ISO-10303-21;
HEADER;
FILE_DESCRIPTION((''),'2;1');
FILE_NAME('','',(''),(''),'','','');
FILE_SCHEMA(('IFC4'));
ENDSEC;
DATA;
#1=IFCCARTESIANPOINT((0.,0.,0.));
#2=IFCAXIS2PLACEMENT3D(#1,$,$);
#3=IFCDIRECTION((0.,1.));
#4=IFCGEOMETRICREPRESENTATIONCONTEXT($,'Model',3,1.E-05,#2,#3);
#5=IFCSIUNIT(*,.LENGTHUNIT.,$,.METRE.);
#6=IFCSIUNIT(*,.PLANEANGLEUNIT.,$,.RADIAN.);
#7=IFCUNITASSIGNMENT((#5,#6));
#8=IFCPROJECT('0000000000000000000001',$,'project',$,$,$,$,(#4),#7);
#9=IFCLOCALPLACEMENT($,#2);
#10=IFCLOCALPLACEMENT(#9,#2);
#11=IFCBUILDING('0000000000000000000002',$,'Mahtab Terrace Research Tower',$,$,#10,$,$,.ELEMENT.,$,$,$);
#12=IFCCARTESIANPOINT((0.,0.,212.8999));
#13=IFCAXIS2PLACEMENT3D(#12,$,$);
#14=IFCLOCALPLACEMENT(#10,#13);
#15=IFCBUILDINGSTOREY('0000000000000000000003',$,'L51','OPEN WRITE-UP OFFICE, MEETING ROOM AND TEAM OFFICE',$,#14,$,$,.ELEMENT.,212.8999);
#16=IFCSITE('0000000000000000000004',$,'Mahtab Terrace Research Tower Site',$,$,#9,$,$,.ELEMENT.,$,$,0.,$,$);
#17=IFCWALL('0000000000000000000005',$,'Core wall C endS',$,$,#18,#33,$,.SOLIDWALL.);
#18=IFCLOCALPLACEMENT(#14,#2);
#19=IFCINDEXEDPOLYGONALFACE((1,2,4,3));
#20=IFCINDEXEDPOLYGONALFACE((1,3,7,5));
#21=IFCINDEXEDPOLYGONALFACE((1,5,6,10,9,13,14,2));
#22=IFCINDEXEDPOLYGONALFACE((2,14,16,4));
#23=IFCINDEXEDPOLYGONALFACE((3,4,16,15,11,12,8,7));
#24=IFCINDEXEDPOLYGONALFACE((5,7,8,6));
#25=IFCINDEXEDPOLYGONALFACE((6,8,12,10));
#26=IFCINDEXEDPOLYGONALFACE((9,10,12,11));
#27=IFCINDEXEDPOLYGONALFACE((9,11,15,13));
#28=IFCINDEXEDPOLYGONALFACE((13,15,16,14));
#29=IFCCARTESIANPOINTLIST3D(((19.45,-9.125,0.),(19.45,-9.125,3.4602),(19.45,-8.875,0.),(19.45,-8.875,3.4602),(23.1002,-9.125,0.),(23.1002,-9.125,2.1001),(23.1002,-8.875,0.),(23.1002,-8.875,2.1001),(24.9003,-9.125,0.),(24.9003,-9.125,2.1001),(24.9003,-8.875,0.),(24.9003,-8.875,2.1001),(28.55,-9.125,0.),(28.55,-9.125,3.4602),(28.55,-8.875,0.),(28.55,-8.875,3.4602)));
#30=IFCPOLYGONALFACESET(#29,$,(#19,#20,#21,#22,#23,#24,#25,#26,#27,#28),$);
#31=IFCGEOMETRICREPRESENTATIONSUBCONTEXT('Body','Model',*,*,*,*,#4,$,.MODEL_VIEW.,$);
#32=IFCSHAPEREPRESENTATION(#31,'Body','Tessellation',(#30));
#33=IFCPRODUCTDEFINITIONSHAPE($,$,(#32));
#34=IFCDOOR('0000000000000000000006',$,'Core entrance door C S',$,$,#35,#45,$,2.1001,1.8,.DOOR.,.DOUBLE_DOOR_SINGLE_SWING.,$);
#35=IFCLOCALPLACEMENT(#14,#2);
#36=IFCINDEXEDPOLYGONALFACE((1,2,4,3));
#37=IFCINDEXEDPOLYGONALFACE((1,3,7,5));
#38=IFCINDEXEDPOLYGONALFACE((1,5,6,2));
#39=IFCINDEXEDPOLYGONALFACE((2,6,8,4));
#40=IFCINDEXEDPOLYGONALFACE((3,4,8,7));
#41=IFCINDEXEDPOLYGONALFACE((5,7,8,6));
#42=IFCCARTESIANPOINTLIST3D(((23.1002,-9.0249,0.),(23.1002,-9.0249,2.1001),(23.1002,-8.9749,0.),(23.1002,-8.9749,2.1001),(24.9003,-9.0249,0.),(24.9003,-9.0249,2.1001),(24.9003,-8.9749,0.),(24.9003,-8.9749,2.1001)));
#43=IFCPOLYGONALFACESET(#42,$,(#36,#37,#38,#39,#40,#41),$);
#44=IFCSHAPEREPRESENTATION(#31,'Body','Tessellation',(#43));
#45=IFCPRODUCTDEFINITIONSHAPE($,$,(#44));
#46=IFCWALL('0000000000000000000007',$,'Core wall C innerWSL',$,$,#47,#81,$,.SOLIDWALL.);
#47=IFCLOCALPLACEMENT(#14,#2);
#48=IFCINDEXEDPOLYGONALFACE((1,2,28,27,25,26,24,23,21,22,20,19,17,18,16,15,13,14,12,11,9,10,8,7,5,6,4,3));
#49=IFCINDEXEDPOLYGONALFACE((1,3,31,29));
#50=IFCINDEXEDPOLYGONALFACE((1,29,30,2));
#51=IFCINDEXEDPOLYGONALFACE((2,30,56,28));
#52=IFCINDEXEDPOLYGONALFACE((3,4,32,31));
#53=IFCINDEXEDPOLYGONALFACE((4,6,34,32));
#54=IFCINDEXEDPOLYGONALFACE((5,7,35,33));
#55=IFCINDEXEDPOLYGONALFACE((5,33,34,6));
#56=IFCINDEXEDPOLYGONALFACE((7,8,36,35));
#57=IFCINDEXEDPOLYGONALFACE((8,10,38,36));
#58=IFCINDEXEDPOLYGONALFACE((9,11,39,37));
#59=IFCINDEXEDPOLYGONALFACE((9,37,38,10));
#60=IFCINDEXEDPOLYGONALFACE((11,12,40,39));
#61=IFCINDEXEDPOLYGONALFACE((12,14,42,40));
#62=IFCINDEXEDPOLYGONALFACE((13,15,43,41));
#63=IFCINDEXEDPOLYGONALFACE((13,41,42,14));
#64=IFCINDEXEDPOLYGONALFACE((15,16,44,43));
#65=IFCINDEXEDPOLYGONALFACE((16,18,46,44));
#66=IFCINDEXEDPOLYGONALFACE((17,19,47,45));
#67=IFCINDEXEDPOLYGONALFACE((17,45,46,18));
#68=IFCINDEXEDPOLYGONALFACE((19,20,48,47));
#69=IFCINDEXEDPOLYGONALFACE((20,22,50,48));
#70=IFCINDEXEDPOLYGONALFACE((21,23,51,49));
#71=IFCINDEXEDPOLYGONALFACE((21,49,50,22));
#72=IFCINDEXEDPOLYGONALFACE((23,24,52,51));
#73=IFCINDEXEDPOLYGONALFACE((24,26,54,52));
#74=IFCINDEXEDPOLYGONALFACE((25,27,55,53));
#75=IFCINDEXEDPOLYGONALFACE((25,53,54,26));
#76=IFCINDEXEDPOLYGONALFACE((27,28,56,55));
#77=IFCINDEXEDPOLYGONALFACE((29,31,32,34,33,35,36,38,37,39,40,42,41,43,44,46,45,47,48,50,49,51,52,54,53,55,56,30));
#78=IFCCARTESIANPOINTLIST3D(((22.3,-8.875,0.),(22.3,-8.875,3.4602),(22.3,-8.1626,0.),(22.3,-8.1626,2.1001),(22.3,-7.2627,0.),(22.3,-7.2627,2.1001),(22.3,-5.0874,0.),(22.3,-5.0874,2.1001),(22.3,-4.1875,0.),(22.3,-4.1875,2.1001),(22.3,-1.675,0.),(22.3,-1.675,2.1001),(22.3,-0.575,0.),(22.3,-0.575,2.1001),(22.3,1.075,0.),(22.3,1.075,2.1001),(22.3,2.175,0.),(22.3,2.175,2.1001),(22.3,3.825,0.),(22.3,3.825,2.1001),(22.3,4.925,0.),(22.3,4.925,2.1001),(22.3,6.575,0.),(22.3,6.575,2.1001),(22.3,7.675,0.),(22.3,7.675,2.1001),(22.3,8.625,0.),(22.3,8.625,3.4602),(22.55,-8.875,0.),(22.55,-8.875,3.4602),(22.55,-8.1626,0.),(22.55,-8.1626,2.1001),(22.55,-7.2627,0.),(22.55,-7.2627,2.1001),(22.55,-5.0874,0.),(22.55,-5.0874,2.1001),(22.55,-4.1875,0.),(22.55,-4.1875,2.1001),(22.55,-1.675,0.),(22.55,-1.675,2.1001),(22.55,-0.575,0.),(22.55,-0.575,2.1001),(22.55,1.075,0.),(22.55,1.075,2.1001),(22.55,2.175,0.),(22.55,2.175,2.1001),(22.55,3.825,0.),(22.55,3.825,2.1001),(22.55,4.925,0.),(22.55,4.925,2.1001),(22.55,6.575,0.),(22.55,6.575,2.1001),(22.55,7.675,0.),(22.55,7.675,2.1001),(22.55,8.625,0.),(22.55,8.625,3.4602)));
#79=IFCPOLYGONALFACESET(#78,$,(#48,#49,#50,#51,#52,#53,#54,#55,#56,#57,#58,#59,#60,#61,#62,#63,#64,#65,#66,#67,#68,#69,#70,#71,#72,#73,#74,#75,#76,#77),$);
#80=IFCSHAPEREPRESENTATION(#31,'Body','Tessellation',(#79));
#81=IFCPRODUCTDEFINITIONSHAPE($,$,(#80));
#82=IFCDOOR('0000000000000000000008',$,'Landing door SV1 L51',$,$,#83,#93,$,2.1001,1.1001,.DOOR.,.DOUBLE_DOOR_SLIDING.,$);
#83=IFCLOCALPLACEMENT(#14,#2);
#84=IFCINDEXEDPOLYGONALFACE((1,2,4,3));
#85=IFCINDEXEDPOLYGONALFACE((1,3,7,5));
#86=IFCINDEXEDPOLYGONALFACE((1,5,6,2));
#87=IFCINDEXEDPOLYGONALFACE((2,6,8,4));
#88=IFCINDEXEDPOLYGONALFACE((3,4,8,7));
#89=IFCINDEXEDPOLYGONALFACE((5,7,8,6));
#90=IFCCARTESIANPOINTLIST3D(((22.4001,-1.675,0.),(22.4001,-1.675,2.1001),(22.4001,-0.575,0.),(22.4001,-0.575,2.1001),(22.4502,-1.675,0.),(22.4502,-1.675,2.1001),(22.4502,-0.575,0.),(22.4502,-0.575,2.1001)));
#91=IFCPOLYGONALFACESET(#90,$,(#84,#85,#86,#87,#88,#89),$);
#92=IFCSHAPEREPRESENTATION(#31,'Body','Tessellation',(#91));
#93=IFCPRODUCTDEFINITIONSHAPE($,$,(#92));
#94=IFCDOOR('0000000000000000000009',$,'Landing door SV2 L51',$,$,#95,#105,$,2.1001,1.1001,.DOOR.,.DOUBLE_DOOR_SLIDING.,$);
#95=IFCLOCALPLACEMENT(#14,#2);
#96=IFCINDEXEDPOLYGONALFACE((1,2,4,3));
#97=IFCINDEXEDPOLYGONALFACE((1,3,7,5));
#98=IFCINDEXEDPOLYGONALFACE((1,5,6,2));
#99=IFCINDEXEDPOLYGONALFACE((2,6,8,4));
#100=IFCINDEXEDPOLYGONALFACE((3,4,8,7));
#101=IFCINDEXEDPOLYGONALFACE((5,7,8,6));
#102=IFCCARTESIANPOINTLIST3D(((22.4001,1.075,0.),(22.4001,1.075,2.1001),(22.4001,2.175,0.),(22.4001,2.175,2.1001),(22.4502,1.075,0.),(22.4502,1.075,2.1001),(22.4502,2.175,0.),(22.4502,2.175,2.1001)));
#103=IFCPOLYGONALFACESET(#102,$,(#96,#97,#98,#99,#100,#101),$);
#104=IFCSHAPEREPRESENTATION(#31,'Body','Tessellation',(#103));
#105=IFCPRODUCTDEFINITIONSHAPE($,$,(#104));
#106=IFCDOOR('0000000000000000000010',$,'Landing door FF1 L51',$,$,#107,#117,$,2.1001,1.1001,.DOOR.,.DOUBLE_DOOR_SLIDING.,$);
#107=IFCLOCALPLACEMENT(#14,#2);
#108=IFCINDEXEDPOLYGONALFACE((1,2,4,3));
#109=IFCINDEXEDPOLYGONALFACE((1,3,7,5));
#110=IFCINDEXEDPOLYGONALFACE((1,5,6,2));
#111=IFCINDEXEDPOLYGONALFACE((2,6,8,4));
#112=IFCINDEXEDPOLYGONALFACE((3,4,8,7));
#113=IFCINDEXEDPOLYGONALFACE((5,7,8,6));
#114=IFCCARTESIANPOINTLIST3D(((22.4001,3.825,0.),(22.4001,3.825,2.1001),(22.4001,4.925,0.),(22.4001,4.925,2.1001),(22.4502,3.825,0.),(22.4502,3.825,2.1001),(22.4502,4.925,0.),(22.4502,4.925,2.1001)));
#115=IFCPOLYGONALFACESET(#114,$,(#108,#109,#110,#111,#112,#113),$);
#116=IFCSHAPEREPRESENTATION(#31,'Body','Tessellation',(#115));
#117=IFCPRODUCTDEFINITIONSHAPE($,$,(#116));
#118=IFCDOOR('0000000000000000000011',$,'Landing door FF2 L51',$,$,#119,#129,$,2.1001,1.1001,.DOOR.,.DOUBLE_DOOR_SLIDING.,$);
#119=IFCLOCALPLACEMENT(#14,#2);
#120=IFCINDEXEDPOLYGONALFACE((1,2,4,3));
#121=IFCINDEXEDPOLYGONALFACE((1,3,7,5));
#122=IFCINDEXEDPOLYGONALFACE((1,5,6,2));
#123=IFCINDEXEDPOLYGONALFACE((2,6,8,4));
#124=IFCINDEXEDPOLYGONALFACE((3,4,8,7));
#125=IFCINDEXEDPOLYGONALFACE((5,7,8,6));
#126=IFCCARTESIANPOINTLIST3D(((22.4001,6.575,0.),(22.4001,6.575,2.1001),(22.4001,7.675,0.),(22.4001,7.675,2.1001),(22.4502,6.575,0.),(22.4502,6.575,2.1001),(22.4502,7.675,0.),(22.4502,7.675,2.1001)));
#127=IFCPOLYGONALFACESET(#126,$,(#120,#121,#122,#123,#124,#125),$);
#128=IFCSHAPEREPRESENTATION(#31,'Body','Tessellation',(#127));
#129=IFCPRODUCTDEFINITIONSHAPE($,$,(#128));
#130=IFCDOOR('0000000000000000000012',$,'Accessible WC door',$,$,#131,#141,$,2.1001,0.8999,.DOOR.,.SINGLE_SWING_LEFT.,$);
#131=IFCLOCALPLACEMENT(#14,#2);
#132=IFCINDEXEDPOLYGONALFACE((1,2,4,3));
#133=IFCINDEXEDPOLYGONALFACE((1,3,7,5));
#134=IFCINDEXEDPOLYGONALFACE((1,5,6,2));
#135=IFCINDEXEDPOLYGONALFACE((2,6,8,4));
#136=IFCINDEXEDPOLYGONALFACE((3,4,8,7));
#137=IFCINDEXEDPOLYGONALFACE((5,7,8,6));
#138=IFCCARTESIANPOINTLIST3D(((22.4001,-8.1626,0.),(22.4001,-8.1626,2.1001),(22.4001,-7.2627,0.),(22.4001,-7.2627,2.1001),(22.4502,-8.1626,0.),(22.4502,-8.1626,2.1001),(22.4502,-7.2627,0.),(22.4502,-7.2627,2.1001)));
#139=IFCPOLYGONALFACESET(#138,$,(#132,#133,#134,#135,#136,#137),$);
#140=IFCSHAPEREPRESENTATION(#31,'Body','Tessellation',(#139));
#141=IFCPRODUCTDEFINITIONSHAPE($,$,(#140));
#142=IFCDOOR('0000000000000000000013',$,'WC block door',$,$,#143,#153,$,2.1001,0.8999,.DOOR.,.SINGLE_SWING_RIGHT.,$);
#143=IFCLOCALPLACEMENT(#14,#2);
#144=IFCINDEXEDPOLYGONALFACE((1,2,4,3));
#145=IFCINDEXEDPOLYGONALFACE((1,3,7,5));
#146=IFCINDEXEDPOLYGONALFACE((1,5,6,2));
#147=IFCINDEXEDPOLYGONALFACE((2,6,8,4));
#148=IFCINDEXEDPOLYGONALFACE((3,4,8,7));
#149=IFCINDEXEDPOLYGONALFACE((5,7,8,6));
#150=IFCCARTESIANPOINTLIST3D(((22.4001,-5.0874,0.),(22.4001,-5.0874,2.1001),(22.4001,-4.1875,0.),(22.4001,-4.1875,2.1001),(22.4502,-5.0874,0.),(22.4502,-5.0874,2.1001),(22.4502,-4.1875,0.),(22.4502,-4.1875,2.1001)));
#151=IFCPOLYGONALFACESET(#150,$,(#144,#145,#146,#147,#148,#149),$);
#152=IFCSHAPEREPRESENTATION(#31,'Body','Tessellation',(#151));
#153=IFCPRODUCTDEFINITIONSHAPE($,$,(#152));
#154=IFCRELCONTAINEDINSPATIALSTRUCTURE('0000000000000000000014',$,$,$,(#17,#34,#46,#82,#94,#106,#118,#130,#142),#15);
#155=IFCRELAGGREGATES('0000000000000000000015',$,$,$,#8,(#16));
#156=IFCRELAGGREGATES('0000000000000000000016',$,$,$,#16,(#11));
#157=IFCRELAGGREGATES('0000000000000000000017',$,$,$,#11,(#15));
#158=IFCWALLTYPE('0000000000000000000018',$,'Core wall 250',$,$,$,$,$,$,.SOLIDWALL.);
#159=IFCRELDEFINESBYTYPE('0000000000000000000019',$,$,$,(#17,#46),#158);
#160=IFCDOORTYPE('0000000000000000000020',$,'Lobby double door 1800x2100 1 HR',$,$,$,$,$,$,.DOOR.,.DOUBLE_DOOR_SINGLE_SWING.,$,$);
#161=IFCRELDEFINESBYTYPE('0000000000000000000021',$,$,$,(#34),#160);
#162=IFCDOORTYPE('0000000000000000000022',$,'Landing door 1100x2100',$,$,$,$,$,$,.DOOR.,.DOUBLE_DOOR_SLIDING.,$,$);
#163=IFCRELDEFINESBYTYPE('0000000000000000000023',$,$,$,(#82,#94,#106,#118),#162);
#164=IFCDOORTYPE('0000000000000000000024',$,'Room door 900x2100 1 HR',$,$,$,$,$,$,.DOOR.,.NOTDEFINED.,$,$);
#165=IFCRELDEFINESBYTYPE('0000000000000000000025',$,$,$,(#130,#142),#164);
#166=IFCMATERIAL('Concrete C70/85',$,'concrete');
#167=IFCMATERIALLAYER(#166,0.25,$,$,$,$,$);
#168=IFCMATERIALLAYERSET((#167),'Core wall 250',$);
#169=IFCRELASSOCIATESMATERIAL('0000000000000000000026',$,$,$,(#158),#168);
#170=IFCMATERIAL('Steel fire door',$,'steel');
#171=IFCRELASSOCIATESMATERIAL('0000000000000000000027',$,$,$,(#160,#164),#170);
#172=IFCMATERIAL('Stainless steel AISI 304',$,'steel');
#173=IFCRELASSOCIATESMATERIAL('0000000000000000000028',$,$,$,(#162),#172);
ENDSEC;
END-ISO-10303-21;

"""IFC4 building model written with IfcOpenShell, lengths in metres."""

from ifc_helpers import new_model, si_unit, direction, frame, frame_2d, origin, place, context, subcontext, project, spatial, rectangle, extrude, material, layer, layer_set, type_object, element, fill, save


model = new_model("IFC4")

# Units and contexts
model_context = context("Model", 3, precision=1e-05, world=origin(), true_north=direction((0.0, 1.0)))
body_context = subcontext(model_context, "Body", "Model", "MODEL_VIEW")
ifc_project = project(units=[si_unit("LENGTHUNIT", "METRE"), si_unit("PLANEANGLEUNIT", "RADIAN")], contexts=[model_context])

# Site, building, storey
site_placement = place(None, origin())
site = spatial("IfcSite", under=ifc_project, at=site_placement, Name="Mahtab Terrace Research Tower Site", CompositionType="ELEMENT", RefElevation=0.0)
building_placement = place(site_placement, origin())
building = spatial("IfcBuilding", under=site, at=building_placement, Name="Mahtab Terrace Research Tower", CompositionType="ELEMENT")
storey_placement = place(building_placement, frame((0.0, 0.0, 212.8999)))
storey = spatial("IfcBuildingStorey", under=building, at=storey_placement, Name="L51", Description="OPEN WRITE-UP OFFICE, MEETING ROOM AND TEAM OFFICE", CompositionType="ELEMENT", Elevation=212.8999)

# Wall, opening, door
ifc_material_1 = material(Name="Concrete C70/85", Category="concrete")
ifc_layer_1 = layer(ifc_material_1, 0.25)
ifc_layer_set_1 = layer_set([ifc_layer_1], Name="Core wall 250")
wall_type_1 = type_object("IfcWallType", Name="Core wall 250", PredefinedType="SOLIDWALL", material=ifc_layer_set_1)
wall_1_placement = place(storey_placement, frame((28.55, -9.0, 0.0), z_axis=(0.0, 0.0, 1.0), x_axis=(-1.0, 0.0, 0.0)))
wall_1 = element("IfcWall", 1, at=wall_1_placement, inside=storey, type_object=wall_type_1, Name="Core wall C endS", PredefinedType="SOLIDWALL", context=body_context, shape_type="SweptSolid", body=[
    extrude(rectangle(XDim=9.1001, YDim=0.25, at=frame_2d((4.55, 0.0))), origin(), (0.0, 0.0, 1.0), 3.4602),
])
opening_1_placement = place(wall_1_placement, frame((3.6499, 0.0, 0.0)))
opening_1 = element("IfcOpeningElement", 2, at=opening_1_placement, cuts=wall_1, PredefinedType="OPENING", context=body_context, shape_type="SweptSolid", body=[
    extrude(rectangle(XDim=1.8, YDim=2.1001, at=frame_2d((0.8999, 1.05))), frame((0.0, 0.135, 0.0), z_axis=(0.0, -1.0, 0.0), x_axis=(1.0, 0.0, 0.0)), (0.0, 0.0, 1.0), 0.27),
])
ifc_material_2 = material(Name="Steel fire door", Category="steel")
door_type_1 = type_object("IfcDoorType", Name="Lobby double door 1800x2100 1 HR", OperationType="DOUBLE_DOOR_SINGLE_SWING", PredefinedType="DOOR", material=ifc_material_2)
door_1_placement = place(opening_1_placement, origin())
door_1 = element("IfcDoor", 3, at=door_1_placement, inside=storey, type_object=door_type_1, Name="Core entrance door C S", OperationType="DOUBLE_DOOR_SINGLE_SWING", OverallHeight=2.1001, OverallWidth=1.8, PredefinedType="DOOR", context=body_context, shape_type="SweptSolid", body=[
    extrude(rectangle(XDim=1.8, YDim=2.1001, at=frame_2d((0.8999, 1.05))), frame((0.0, 0.0249, 0.0), z_axis=(0.0, -1.0, 0.0), x_axis=(1.0, 0.0, 0.0)), (0.0, 0.0, 1.0), 0.05),
])
fill(opening_1, door_1)

# Wall, openings, doors
wall_2_placement = place(storey_placement, frame((22.425, -8.875, 0.0), z_axis=(0.0, 0.0, 1.0), x_axis=(0.0, 1.0, 0.0)))
wall_2 = element("IfcWall", 4, at=wall_2_placement, inside=storey, type_object=wall_type_1, Name="Core wall C innerWSL", PredefinedType="SOLIDWALL", context=body_context, shape_type="SweptSolid", body=[
    extrude(rectangle(XDim=17.5, YDim=0.25, at=frame_2d((8.75, 0.0))), origin(), (0.0, 0.0, 1.0), 3.4602),
])
opening_2_placement = place(wall_2_placement, frame((7.2, 0.0, 0.0)))
opening_2 = element("IfcOpeningElement", 5, at=opening_2_placement, cuts=wall_2, PredefinedType="OPENING", context=body_context, shape_type="SweptSolid", body=[
    extrude(rectangle(XDim=1.1001, YDim=2.1001, at=frame_2d((0.55, 1.05))), frame((0.0, 0.135, 0.0), z_axis=(0.0, -1.0, 0.0), x_axis=(1.0, 0.0, 0.0)), (0.0, 0.0, 1.0), 0.27),
])
opening_3_placement = place(wall_2_placement, frame((9.95, 0.0, 0.0)))
opening_3 = element("IfcOpeningElement", 6, at=opening_3_placement, cuts=wall_2, PredefinedType="OPENING", context=body_context, shape_type="SweptSolid", body=[
    extrude(rectangle(XDim=1.1001, YDim=2.1001, at=frame_2d((0.55, 1.05))), frame((0.0, 0.135, 0.0), z_axis=(0.0, -1.0, 0.0), x_axis=(1.0, 0.0, 0.0)), (0.0, 0.0, 1.0), 0.27),
])
opening_4_placement = place(wall_2_placement, frame((12.7, 0.0, 0.0)))
opening_4 = element("IfcOpeningElement", 7, at=opening_4_placement, cuts=wall_2, PredefinedType="OPENING", context=body_context, shape_type="SweptSolid", body=[
    extrude(rectangle(XDim=1.1001, YDim=2.1001, at=frame_2d((0.55, 1.05))), frame((0.0, 0.135, 0.0), z_axis=(0.0, -1.0, 0.0), x_axis=(1.0, 0.0, 0.0)), (0.0, 0.0, 1.0), 0.27),
])
opening_5_placement = place(wall_2_placement, frame((15.45, 0.0, 0.0)))
opening_5 = element("IfcOpeningElement", 8, at=opening_5_placement, cuts=wall_2, PredefinedType="OPENING", context=body_context, shape_type="SweptSolid", body=[
    extrude(rectangle(XDim=1.1001, YDim=2.1001, at=frame_2d((0.55, 1.05))), frame((0.0, 0.135, 0.0), z_axis=(0.0, -1.0, 0.0), x_axis=(1.0, 0.0, 0.0)), (0.0, 0.0, 1.0), 0.27),
])
opening_6_placement = place(wall_2_placement, frame((0.7124, 0.0, 0.0)))
opening_6 = element("IfcOpeningElement", 9, at=opening_6_placement, cuts=wall_2, PredefinedType="OPENING", context=body_context, shape_type="SweptSolid", body=[
    extrude(rectangle(XDim=0.8999, YDim=2.1001, at=frame_2d((0.45, 1.05))), frame((0.0, 0.135, 0.0), z_axis=(0.0, -1.0, 0.0), x_axis=(1.0, 0.0, 0.0)), (0.0, 0.0, 1.0), 0.27),
])
opening_7_placement = place(wall_2_placement, frame((3.7876, 0.0, 0.0)))
opening_7 = element("IfcOpeningElement", 10, at=opening_7_placement, cuts=wall_2, PredefinedType="OPENING", context=body_context, shape_type="SweptSolid", body=[
    extrude(rectangle(XDim=0.8999, YDim=2.1001, at=frame_2d((0.45, 1.05))), frame((0.0, 0.135, 0.0), z_axis=(0.0, -1.0, 0.0), x_axis=(1.0, 0.0, 0.0)), (0.0, 0.0, 1.0), 0.27),
])
ifc_material_3 = material(Name="Stainless steel AISI 304", Category="steel")
door_type_2 = type_object("IfcDoorType", Name="Landing door 1100x2100", OperationType="DOUBLE_DOOR_SLIDING", PredefinedType="DOOR", material=ifc_material_3)
door_2_placement = place(opening_2_placement, origin())
door_2 = element("IfcDoor", 11, at=door_2_placement, inside=storey, type_object=door_type_2, Name="Landing door SV1 L51", OperationType="DOUBLE_DOOR_SLIDING", OverallHeight=2.1001, OverallWidth=1.1001, PredefinedType="DOOR", context=body_context, shape_type="SweptSolid", body=[
    extrude(rectangle(XDim=1.1001, YDim=2.1001, at=frame_2d((0.55, 1.05))), frame((0.0, 0.0249, 0.0), z_axis=(0.0, -1.0, 0.0), x_axis=(1.0, 0.0, 0.0)), (0.0, 0.0, 1.0), 0.05),
])
fill(opening_2, door_2)
door_3_placement = place(opening_3_placement, origin())
door_3 = element("IfcDoor", 12, at=door_3_placement, inside=storey, type_object=door_type_2, Name="Landing door SV2 L51", OperationType="DOUBLE_DOOR_SLIDING", OverallHeight=2.1001, OverallWidth=1.1001, PredefinedType="DOOR", context=body_context, shape_type="SweptSolid", body=[
    extrude(rectangle(XDim=1.1001, YDim=2.1001, at=frame_2d((0.55, 1.05))), frame((0.0, 0.0249, 0.0), z_axis=(0.0, -1.0, 0.0), x_axis=(1.0, 0.0, 0.0)), (0.0, 0.0, 1.0), 0.05),
])
fill(opening_3, door_3)
door_4_placement = place(opening_4_placement, origin())
door_4 = element("IfcDoor", 13, at=door_4_placement, inside=storey, type_object=door_type_2, Name="Landing door FF1 L51", OperationType="DOUBLE_DOOR_SLIDING", OverallHeight=2.1001, OverallWidth=1.1001, PredefinedType="DOOR", context=body_context, shape_type="SweptSolid", body=[
    extrude(rectangle(XDim=1.1001, YDim=2.1001, at=frame_2d((0.55, 1.05))), frame((0.0, 0.0249, 0.0), z_axis=(0.0, -1.0, 0.0), x_axis=(1.0, 0.0, 0.0)), (0.0, 0.0, 1.0), 0.05),
])
fill(opening_4, door_4)
door_5_placement = place(opening_5_placement, origin())
door_5 = element("IfcDoor", 14, at=door_5_placement, inside=storey, type_object=door_type_2, Name="Landing door FF2 L51", OperationType="DOUBLE_DOOR_SLIDING", OverallHeight=2.1001, OverallWidth=1.1001, PredefinedType="DOOR", context=body_context, shape_type="SweptSolid", body=[
    extrude(rectangle(XDim=1.1001, YDim=2.1001, at=frame_2d((0.55, 1.05))), frame((0.0, 0.0249, 0.0), z_axis=(0.0, -1.0, 0.0), x_axis=(1.0, 0.0, 0.0)), (0.0, 0.0, 1.0), 0.05),
])
fill(opening_5, door_5)
door_type_3 = type_object("IfcDoorType", Name="Room door 900x2100 1 HR", OperationType="NOTDEFINED", PredefinedType="DOOR", material=ifc_material_2)
door_6_placement = place(opening_6_placement, origin())
door_6 = element("IfcDoor", 15, at=door_6_placement, inside=storey, type_object=door_type_3, Name="Accessible WC door", OperationType="SINGLE_SWING_LEFT", OverallHeight=2.1001, OverallWidth=0.8999, PredefinedType="DOOR", context=body_context, shape_type="SweptSolid", body=[
    extrude(rectangle(XDim=0.8999, YDim=2.1001, at=frame_2d((0.45, 1.05))), frame((0.0, 0.0249, 0.0), z_axis=(0.0, -1.0, 0.0), x_axis=(1.0, 0.0, 0.0)), (0.0, 0.0, 1.0), 0.05),
])
fill(opening_6, door_6)
door_7_placement = place(opening_7_placement, origin())
door_7 = element("IfcDoor", 16, at=door_7_placement, inside=storey, type_object=door_type_3, Name="WC block door", OperationType="SINGLE_SWING_RIGHT", OverallHeight=2.1001, OverallWidth=0.8999, PredefinedType="DOOR", context=body_context, shape_type="SweptSolid", body=[
    extrude(rectangle(XDim=0.8999, YDim=2.1001, at=frame_2d((0.45, 1.05))), frame((0.0, 0.0249, 0.0), z_axis=(0.0, -1.0, 0.0), x_axis=(1.0, 0.0, 0.0)), (0.0, 0.0, 1.0), 0.05),
])
fill(opening_7, door_7)

save(model, "model.ifc")
